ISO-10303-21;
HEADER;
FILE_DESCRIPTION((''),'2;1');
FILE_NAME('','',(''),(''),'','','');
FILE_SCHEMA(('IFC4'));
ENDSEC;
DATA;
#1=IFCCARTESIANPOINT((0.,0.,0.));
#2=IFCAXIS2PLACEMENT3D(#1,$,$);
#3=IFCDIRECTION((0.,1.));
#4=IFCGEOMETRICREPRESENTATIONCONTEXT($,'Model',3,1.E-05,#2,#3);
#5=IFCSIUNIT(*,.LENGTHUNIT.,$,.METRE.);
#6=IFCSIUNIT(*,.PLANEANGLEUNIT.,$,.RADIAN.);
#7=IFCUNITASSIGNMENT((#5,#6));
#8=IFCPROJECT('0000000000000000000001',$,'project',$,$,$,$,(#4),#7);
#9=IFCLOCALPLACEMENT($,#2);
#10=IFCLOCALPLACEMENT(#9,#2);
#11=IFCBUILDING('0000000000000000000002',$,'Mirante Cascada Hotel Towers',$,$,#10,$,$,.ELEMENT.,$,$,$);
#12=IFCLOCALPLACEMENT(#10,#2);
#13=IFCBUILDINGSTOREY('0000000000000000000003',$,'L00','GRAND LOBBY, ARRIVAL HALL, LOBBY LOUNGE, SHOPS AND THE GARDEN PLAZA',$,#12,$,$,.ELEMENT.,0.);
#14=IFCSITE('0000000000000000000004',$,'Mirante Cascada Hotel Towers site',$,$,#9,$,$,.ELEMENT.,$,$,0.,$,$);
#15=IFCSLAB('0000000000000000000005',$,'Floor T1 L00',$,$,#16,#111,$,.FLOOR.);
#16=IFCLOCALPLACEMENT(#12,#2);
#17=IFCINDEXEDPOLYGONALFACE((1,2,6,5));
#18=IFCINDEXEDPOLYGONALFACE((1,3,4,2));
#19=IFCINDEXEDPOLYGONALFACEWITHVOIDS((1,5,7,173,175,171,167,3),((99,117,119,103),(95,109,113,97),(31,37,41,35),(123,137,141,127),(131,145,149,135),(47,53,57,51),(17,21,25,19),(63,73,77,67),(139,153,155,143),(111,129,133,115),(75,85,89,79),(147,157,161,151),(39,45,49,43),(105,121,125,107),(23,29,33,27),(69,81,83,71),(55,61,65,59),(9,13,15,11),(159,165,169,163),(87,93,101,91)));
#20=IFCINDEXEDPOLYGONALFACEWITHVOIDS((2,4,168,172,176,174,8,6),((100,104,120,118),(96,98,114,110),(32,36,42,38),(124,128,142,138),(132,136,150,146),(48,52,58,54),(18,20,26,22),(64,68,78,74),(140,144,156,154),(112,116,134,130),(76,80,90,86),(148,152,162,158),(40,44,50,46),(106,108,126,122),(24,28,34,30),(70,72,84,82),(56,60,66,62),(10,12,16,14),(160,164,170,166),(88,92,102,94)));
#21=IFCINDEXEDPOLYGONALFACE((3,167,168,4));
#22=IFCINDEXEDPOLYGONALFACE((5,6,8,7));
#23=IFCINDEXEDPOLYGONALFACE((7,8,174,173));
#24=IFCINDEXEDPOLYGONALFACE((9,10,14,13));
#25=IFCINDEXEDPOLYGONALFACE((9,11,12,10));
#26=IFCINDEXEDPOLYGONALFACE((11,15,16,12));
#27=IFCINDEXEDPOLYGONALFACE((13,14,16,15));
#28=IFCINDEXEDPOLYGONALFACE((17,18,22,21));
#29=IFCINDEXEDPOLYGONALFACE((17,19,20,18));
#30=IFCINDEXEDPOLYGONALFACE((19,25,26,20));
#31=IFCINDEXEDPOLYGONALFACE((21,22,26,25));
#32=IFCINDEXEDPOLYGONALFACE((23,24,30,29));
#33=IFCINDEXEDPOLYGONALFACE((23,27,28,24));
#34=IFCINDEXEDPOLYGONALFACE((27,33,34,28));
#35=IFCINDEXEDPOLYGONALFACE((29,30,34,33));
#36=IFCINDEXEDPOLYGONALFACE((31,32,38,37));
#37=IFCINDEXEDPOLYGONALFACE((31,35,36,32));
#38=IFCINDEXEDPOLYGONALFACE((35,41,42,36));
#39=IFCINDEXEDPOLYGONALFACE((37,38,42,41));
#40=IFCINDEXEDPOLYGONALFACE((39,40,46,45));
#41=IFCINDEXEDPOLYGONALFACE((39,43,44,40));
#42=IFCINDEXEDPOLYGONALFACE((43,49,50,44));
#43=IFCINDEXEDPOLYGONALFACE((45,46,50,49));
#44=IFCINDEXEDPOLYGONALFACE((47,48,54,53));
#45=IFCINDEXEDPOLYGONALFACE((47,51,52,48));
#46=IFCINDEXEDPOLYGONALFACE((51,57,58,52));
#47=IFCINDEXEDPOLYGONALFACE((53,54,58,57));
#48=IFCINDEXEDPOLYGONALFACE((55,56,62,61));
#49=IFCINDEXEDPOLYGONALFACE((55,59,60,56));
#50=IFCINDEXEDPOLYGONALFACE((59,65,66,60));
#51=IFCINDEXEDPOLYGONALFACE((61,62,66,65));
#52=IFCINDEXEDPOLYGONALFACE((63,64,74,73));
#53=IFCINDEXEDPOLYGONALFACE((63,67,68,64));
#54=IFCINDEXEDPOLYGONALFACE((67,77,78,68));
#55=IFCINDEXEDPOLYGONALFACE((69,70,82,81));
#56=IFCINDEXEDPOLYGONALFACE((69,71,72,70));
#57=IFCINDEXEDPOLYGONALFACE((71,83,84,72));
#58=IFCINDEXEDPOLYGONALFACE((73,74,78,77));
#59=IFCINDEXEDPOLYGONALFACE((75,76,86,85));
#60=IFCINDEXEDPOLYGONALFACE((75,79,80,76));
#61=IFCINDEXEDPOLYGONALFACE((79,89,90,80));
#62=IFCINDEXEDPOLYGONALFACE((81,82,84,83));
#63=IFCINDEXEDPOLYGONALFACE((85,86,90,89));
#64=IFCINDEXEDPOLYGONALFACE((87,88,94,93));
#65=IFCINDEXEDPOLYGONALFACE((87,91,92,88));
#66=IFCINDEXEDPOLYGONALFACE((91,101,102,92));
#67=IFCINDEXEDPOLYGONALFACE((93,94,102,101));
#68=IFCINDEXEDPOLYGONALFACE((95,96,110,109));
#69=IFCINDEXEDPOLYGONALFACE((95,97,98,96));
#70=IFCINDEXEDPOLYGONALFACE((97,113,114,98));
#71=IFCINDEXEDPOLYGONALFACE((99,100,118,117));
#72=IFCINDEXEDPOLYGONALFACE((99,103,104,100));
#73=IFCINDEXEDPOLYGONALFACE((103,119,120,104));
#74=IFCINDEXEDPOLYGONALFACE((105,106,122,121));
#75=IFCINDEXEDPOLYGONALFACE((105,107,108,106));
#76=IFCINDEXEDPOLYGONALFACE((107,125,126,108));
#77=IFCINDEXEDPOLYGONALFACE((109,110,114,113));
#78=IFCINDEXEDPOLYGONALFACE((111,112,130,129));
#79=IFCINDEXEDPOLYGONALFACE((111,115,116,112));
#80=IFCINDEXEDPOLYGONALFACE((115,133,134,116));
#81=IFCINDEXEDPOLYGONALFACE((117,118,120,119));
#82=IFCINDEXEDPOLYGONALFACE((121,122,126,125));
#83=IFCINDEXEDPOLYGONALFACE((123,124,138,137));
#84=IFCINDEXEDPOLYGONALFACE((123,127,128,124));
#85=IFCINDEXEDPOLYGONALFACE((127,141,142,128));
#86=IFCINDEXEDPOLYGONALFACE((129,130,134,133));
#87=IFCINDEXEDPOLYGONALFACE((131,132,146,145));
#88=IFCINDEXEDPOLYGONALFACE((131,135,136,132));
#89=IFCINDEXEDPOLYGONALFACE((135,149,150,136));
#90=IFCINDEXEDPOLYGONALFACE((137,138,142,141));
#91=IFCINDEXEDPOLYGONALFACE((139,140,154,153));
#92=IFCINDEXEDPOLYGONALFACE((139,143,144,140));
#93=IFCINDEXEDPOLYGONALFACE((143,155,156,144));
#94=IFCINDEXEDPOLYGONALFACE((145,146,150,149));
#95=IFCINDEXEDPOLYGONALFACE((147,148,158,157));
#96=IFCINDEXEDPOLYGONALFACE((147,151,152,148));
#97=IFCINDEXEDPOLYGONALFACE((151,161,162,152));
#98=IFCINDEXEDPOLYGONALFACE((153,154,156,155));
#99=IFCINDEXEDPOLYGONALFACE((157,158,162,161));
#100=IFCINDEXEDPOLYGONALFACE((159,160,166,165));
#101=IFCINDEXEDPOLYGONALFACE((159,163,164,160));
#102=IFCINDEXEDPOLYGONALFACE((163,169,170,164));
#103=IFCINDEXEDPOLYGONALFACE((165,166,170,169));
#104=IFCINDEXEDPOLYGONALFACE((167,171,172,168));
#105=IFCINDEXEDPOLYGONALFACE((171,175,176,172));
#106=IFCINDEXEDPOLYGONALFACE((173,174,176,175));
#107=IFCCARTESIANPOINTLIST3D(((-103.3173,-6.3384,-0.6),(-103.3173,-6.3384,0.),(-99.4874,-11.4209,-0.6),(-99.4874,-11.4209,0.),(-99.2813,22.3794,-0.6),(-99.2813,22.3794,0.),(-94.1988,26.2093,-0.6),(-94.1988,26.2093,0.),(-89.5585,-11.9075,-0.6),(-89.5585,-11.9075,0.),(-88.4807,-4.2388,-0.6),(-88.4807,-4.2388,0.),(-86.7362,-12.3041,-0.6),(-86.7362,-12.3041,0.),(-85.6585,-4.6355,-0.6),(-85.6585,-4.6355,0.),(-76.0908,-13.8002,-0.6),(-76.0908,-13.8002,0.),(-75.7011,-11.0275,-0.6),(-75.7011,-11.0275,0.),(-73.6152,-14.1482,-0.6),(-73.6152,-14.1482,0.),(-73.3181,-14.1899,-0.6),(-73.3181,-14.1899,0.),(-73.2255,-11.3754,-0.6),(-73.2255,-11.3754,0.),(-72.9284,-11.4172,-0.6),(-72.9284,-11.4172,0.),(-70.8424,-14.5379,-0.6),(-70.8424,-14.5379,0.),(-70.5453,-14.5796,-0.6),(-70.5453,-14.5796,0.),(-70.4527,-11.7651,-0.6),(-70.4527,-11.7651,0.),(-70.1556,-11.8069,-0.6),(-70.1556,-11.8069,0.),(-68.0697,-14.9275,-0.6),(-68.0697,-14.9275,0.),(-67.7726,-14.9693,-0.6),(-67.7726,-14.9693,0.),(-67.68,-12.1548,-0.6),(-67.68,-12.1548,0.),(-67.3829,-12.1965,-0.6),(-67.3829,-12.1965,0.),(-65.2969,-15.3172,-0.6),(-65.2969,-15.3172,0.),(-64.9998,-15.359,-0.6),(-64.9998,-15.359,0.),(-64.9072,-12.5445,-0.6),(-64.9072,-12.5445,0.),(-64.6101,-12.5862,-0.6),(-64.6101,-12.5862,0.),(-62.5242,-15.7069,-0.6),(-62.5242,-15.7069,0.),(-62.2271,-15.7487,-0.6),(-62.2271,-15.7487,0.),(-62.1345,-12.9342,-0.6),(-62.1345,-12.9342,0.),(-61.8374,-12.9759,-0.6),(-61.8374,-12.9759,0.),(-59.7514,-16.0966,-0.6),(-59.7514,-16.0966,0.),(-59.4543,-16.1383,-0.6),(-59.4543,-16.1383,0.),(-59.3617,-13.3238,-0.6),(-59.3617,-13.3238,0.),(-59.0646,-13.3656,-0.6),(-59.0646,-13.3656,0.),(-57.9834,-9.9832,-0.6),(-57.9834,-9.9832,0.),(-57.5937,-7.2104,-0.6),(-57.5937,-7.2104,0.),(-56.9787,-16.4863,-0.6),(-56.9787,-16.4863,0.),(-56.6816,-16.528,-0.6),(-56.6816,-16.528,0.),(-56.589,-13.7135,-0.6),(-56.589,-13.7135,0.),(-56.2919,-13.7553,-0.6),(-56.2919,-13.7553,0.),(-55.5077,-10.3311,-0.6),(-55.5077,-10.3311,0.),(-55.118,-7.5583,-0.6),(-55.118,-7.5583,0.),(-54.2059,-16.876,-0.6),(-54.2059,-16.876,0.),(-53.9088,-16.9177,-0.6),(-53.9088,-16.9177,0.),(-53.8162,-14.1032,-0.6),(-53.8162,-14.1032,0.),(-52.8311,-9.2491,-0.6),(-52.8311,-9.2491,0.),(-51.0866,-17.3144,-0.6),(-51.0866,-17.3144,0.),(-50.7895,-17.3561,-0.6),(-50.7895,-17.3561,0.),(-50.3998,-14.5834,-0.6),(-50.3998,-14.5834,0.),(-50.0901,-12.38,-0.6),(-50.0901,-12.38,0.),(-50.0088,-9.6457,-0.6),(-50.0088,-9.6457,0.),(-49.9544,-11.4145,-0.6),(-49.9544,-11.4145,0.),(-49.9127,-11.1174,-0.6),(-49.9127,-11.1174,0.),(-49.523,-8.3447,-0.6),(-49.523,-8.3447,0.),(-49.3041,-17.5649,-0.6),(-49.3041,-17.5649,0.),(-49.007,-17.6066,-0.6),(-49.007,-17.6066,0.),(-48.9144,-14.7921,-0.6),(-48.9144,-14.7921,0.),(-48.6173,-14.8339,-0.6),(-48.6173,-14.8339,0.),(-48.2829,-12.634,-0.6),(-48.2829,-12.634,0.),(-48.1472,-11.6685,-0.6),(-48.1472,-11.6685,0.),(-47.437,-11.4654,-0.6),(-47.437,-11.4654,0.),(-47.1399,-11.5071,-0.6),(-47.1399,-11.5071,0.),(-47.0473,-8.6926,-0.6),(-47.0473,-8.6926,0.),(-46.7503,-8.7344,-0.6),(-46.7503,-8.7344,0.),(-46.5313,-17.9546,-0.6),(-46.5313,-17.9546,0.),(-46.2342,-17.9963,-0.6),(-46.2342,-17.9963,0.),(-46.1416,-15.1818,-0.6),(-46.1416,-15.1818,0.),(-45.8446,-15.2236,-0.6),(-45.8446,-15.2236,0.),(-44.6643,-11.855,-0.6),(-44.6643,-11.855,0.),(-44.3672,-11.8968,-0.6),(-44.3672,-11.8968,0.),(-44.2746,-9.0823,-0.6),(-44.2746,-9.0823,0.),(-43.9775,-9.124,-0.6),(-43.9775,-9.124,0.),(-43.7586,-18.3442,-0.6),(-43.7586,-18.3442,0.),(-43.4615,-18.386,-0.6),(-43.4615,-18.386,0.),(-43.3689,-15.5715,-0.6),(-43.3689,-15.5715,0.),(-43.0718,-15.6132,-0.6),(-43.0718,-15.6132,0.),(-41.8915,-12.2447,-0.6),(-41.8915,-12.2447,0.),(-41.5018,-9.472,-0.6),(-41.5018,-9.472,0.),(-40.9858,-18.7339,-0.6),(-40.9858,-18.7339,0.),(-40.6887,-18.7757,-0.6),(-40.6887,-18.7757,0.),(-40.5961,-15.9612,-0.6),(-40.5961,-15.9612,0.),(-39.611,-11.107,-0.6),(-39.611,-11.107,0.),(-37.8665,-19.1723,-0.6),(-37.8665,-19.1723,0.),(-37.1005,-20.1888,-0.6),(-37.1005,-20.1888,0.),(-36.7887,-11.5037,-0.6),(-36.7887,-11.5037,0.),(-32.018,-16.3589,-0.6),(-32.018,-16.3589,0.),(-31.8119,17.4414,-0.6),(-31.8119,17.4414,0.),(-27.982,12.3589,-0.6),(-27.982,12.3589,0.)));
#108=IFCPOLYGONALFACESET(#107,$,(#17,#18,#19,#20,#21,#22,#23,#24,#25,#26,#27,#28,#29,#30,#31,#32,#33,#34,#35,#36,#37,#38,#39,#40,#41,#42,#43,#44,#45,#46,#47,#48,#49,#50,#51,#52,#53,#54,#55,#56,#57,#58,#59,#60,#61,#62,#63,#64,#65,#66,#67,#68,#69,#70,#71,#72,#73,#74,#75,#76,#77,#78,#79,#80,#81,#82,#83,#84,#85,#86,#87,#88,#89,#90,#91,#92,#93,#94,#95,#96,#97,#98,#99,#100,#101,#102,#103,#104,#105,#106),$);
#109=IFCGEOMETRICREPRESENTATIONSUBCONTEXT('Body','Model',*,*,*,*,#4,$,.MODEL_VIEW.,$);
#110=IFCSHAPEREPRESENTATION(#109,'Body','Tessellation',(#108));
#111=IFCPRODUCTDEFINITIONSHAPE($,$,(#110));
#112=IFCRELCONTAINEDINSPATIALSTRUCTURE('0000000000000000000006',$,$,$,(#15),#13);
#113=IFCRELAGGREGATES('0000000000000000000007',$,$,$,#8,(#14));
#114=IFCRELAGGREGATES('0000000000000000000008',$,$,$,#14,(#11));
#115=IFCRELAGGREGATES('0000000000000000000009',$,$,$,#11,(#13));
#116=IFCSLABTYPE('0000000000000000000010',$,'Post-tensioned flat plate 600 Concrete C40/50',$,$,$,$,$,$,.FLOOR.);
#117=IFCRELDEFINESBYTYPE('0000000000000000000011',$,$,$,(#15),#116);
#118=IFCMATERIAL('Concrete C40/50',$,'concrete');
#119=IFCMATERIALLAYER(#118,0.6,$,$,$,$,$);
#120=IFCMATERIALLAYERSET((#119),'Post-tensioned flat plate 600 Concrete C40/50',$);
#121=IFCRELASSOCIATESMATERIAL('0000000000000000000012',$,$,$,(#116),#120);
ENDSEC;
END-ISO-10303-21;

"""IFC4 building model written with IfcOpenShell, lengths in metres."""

from ifc_helpers import new_model, si_unit, direction, frame, origin, place, context, subcontext, project, spatial, polyline, outline, extrude, material, layer, layer_set, type_object, element, save


model = new_model("IFC4")

# Units and contexts
model_context = context("Model", 3, precision=1e-05, world=origin(), true_north=direction((0.0, 1.0)))
body_context = subcontext(model_context, "Body", "Model", "MODEL_VIEW")
ifc_project = project(units=[si_unit("LENGTHUNIT", "METRE"), si_unit("PLANEANGLEUNIT", "RADIAN")], contexts=[model_context])

# Site, building, storey
site_placement = place(None, origin())
site = spatial("IfcSite", under=ifc_project, at=site_placement, Name="Mirante Cascada Hotel Towers site", CompositionType="ELEMENT", RefElevation=0.0)
building_placement = place(site_placement, origin())
building = spatial("IfcBuilding", under=site, at=building_placement, Name="Mirante Cascada Hotel Towers", CompositionType="ELEMENT")
storey_placement = place(building_placement, origin())
storey = spatial("IfcBuildingStorey", under=building, at=storey_placement, Name="L00", Description="GRAND LOBBY, ARRIVAL HALL, LOBBY LOUNGE, SHOPS AND THE GARDEN PLAZA", CompositionType="ELEMENT", Elevation=0.0)

# Slab
ifc_material_1 = material(Name="Concrete C40/50", Category="concrete")
ifc_layer_1 = layer(ifc_material_1, 0.6)
ifc_layer_set_1 = layer_set([ifc_layer_1], Name="Post-tensioned flat plate 600 Concrete C40/50")
slab_type_1 = type_object("IfcSlabType", Name="Post-tensioned flat plate 600 Concrete C40/50", PredefinedType="FLOOR", material=ifc_layer_set_1)
slab_1_placement = place(storey_placement, frame((0.0, 0.0, -0.6)))
element("IfcSlab", 1, at=slab_1_placement, inside=storey, type_object=slab_type_1, Name="Floor T1 L00", PredefinedType="FLOOR", context=body_context, shape_type="SweptSolid", body=[
    extrude(outline(polyline([(-32.018, -16.3589), (-27.982, 12.3589), (-31.8119, 17.4414), (-94.1988, 26.2093), (-99.2813, 22.3794), (-103.3173, -6.3384), (-99.4874, -11.4209), (-37.1005, -20.1888), (-32.018, -16.3589)]), holes=[polyline([(-43.0718, -15.6132), (-40.5961, -15.9612), (-40.9858, -18.7339), (-43.4615, -18.386), (-43.0718, -15.6132)]), polyline([(-45.8446, -15.2236), (-43.3689, -15.5715), (-43.7586, -18.3442), (-46.2342, -17.9963), (-45.8446, -15.2236)]), polyline([(-48.6173, -14.8339), (-46.1416, -15.1818), (-46.5313, -17.9546), (-49.007, -17.6066), (-48.6173, -14.8339)]), polyline([(-50.7895, -17.3561), (-50.3998, -14.5834), (-48.9144, -14.7921), (-49.3041, -17.5649), (-50.7895, -17.3561)]), polyline([(-39.611, -11.107), (-36.7887, -11.5037), (-37.8665, -19.1723), (-40.6887, -18.7757), (-39.611, -11.107)]), polyline([(-50.0088, -9.6457), (-51.0866, -17.3144), (-53.9088, -16.9177), (-52.8311, -9.2491), (-50.0088, -9.6457)]), polyline([(-49.9544, -11.4145), (-48.1472, -11.6685), (-48.2829, -12.634), (-50.0901, -12.38), (-49.9544, -11.4145)]), polyline([(-43.9775, -9.124), (-41.5018, -9.472), (-41.8915, -12.2447), (-44.3672, -11.8968), (-43.9775, -9.124)]), polyline([(-47.1399, -11.5071), (-46.7503, -8.7344), (-44.2746, -9.0823), (-44.6643, -11.855), (-47.1399, -11.5071)]), polyline([(-49.9127, -11.1174), (-49.523, -8.3447), (-47.0473, -8.6926), (-47.437, -11.4654), (-49.9127, -11.1174)]), polyline([(-56.2919, -13.7553), (-53.8162, -14.1032), (-54.2059, -16.876), (-56.6816, -16.528), (-56.2919, -13.7553)]), polyline([(-59.0646, -13.3656), (-56.589, -13.7135), (-56.9787, -16.4863), (-59.4543, -16.1383), (-59.0646, -13.3656)]), polyline([(-61.8374, -12.9759), (-59.3617, -13.3238), (-59.7514, -16.0966), (-62.2271, -15.7487), (-61.8374, -12.9759)]), polyline([(-64.9998, -15.359), (-64.6101, -12.5862), (-62.1345, -12.9342), (-62.5242, -15.7069), (-64.9998, -15.359)]), polyline([(-67.7726, -14.9693), (-67.3829, -12.1965), (-64.9072, -12.5445), (-65.2969, -15.3172), (-67.7726, -14.9693)]), polyline([(-70.1556, -11.8069), (-67.68, -12.1548), (-68.0697, -14.9275), (-70.5453, -14.5796), (-70.1556, -11.8069)]), polyline([(-72.9284, -11.4172), (-70.4527, -11.7651), (-70.8424, -14.5379), (-73.3181, -14.1899), (-72.9284, -11.4172)]), polyline([(-75.7011, -11.0275), (-73.2255, -11.3754), (-73.6152, -14.1482), (-76.0908, -13.8002), (-75.7011, -11.0275)]), polyline([(-88.4807, -4.2388), (-85.6585, -4.6355), (-86.7362, -12.3041), (-89.5585, -11.9075), (-88.4807, -4.2388)]), polyline([(-57.9834, -9.9832), (-57.5937, -7.2104), (-55.118, -7.5583), (-55.5077, -10.3311), (-57.9834, -9.9832)])]), origin(), (0.0, 0.0, 1.0), 0.6),
])

save(model, "model.ifc")
